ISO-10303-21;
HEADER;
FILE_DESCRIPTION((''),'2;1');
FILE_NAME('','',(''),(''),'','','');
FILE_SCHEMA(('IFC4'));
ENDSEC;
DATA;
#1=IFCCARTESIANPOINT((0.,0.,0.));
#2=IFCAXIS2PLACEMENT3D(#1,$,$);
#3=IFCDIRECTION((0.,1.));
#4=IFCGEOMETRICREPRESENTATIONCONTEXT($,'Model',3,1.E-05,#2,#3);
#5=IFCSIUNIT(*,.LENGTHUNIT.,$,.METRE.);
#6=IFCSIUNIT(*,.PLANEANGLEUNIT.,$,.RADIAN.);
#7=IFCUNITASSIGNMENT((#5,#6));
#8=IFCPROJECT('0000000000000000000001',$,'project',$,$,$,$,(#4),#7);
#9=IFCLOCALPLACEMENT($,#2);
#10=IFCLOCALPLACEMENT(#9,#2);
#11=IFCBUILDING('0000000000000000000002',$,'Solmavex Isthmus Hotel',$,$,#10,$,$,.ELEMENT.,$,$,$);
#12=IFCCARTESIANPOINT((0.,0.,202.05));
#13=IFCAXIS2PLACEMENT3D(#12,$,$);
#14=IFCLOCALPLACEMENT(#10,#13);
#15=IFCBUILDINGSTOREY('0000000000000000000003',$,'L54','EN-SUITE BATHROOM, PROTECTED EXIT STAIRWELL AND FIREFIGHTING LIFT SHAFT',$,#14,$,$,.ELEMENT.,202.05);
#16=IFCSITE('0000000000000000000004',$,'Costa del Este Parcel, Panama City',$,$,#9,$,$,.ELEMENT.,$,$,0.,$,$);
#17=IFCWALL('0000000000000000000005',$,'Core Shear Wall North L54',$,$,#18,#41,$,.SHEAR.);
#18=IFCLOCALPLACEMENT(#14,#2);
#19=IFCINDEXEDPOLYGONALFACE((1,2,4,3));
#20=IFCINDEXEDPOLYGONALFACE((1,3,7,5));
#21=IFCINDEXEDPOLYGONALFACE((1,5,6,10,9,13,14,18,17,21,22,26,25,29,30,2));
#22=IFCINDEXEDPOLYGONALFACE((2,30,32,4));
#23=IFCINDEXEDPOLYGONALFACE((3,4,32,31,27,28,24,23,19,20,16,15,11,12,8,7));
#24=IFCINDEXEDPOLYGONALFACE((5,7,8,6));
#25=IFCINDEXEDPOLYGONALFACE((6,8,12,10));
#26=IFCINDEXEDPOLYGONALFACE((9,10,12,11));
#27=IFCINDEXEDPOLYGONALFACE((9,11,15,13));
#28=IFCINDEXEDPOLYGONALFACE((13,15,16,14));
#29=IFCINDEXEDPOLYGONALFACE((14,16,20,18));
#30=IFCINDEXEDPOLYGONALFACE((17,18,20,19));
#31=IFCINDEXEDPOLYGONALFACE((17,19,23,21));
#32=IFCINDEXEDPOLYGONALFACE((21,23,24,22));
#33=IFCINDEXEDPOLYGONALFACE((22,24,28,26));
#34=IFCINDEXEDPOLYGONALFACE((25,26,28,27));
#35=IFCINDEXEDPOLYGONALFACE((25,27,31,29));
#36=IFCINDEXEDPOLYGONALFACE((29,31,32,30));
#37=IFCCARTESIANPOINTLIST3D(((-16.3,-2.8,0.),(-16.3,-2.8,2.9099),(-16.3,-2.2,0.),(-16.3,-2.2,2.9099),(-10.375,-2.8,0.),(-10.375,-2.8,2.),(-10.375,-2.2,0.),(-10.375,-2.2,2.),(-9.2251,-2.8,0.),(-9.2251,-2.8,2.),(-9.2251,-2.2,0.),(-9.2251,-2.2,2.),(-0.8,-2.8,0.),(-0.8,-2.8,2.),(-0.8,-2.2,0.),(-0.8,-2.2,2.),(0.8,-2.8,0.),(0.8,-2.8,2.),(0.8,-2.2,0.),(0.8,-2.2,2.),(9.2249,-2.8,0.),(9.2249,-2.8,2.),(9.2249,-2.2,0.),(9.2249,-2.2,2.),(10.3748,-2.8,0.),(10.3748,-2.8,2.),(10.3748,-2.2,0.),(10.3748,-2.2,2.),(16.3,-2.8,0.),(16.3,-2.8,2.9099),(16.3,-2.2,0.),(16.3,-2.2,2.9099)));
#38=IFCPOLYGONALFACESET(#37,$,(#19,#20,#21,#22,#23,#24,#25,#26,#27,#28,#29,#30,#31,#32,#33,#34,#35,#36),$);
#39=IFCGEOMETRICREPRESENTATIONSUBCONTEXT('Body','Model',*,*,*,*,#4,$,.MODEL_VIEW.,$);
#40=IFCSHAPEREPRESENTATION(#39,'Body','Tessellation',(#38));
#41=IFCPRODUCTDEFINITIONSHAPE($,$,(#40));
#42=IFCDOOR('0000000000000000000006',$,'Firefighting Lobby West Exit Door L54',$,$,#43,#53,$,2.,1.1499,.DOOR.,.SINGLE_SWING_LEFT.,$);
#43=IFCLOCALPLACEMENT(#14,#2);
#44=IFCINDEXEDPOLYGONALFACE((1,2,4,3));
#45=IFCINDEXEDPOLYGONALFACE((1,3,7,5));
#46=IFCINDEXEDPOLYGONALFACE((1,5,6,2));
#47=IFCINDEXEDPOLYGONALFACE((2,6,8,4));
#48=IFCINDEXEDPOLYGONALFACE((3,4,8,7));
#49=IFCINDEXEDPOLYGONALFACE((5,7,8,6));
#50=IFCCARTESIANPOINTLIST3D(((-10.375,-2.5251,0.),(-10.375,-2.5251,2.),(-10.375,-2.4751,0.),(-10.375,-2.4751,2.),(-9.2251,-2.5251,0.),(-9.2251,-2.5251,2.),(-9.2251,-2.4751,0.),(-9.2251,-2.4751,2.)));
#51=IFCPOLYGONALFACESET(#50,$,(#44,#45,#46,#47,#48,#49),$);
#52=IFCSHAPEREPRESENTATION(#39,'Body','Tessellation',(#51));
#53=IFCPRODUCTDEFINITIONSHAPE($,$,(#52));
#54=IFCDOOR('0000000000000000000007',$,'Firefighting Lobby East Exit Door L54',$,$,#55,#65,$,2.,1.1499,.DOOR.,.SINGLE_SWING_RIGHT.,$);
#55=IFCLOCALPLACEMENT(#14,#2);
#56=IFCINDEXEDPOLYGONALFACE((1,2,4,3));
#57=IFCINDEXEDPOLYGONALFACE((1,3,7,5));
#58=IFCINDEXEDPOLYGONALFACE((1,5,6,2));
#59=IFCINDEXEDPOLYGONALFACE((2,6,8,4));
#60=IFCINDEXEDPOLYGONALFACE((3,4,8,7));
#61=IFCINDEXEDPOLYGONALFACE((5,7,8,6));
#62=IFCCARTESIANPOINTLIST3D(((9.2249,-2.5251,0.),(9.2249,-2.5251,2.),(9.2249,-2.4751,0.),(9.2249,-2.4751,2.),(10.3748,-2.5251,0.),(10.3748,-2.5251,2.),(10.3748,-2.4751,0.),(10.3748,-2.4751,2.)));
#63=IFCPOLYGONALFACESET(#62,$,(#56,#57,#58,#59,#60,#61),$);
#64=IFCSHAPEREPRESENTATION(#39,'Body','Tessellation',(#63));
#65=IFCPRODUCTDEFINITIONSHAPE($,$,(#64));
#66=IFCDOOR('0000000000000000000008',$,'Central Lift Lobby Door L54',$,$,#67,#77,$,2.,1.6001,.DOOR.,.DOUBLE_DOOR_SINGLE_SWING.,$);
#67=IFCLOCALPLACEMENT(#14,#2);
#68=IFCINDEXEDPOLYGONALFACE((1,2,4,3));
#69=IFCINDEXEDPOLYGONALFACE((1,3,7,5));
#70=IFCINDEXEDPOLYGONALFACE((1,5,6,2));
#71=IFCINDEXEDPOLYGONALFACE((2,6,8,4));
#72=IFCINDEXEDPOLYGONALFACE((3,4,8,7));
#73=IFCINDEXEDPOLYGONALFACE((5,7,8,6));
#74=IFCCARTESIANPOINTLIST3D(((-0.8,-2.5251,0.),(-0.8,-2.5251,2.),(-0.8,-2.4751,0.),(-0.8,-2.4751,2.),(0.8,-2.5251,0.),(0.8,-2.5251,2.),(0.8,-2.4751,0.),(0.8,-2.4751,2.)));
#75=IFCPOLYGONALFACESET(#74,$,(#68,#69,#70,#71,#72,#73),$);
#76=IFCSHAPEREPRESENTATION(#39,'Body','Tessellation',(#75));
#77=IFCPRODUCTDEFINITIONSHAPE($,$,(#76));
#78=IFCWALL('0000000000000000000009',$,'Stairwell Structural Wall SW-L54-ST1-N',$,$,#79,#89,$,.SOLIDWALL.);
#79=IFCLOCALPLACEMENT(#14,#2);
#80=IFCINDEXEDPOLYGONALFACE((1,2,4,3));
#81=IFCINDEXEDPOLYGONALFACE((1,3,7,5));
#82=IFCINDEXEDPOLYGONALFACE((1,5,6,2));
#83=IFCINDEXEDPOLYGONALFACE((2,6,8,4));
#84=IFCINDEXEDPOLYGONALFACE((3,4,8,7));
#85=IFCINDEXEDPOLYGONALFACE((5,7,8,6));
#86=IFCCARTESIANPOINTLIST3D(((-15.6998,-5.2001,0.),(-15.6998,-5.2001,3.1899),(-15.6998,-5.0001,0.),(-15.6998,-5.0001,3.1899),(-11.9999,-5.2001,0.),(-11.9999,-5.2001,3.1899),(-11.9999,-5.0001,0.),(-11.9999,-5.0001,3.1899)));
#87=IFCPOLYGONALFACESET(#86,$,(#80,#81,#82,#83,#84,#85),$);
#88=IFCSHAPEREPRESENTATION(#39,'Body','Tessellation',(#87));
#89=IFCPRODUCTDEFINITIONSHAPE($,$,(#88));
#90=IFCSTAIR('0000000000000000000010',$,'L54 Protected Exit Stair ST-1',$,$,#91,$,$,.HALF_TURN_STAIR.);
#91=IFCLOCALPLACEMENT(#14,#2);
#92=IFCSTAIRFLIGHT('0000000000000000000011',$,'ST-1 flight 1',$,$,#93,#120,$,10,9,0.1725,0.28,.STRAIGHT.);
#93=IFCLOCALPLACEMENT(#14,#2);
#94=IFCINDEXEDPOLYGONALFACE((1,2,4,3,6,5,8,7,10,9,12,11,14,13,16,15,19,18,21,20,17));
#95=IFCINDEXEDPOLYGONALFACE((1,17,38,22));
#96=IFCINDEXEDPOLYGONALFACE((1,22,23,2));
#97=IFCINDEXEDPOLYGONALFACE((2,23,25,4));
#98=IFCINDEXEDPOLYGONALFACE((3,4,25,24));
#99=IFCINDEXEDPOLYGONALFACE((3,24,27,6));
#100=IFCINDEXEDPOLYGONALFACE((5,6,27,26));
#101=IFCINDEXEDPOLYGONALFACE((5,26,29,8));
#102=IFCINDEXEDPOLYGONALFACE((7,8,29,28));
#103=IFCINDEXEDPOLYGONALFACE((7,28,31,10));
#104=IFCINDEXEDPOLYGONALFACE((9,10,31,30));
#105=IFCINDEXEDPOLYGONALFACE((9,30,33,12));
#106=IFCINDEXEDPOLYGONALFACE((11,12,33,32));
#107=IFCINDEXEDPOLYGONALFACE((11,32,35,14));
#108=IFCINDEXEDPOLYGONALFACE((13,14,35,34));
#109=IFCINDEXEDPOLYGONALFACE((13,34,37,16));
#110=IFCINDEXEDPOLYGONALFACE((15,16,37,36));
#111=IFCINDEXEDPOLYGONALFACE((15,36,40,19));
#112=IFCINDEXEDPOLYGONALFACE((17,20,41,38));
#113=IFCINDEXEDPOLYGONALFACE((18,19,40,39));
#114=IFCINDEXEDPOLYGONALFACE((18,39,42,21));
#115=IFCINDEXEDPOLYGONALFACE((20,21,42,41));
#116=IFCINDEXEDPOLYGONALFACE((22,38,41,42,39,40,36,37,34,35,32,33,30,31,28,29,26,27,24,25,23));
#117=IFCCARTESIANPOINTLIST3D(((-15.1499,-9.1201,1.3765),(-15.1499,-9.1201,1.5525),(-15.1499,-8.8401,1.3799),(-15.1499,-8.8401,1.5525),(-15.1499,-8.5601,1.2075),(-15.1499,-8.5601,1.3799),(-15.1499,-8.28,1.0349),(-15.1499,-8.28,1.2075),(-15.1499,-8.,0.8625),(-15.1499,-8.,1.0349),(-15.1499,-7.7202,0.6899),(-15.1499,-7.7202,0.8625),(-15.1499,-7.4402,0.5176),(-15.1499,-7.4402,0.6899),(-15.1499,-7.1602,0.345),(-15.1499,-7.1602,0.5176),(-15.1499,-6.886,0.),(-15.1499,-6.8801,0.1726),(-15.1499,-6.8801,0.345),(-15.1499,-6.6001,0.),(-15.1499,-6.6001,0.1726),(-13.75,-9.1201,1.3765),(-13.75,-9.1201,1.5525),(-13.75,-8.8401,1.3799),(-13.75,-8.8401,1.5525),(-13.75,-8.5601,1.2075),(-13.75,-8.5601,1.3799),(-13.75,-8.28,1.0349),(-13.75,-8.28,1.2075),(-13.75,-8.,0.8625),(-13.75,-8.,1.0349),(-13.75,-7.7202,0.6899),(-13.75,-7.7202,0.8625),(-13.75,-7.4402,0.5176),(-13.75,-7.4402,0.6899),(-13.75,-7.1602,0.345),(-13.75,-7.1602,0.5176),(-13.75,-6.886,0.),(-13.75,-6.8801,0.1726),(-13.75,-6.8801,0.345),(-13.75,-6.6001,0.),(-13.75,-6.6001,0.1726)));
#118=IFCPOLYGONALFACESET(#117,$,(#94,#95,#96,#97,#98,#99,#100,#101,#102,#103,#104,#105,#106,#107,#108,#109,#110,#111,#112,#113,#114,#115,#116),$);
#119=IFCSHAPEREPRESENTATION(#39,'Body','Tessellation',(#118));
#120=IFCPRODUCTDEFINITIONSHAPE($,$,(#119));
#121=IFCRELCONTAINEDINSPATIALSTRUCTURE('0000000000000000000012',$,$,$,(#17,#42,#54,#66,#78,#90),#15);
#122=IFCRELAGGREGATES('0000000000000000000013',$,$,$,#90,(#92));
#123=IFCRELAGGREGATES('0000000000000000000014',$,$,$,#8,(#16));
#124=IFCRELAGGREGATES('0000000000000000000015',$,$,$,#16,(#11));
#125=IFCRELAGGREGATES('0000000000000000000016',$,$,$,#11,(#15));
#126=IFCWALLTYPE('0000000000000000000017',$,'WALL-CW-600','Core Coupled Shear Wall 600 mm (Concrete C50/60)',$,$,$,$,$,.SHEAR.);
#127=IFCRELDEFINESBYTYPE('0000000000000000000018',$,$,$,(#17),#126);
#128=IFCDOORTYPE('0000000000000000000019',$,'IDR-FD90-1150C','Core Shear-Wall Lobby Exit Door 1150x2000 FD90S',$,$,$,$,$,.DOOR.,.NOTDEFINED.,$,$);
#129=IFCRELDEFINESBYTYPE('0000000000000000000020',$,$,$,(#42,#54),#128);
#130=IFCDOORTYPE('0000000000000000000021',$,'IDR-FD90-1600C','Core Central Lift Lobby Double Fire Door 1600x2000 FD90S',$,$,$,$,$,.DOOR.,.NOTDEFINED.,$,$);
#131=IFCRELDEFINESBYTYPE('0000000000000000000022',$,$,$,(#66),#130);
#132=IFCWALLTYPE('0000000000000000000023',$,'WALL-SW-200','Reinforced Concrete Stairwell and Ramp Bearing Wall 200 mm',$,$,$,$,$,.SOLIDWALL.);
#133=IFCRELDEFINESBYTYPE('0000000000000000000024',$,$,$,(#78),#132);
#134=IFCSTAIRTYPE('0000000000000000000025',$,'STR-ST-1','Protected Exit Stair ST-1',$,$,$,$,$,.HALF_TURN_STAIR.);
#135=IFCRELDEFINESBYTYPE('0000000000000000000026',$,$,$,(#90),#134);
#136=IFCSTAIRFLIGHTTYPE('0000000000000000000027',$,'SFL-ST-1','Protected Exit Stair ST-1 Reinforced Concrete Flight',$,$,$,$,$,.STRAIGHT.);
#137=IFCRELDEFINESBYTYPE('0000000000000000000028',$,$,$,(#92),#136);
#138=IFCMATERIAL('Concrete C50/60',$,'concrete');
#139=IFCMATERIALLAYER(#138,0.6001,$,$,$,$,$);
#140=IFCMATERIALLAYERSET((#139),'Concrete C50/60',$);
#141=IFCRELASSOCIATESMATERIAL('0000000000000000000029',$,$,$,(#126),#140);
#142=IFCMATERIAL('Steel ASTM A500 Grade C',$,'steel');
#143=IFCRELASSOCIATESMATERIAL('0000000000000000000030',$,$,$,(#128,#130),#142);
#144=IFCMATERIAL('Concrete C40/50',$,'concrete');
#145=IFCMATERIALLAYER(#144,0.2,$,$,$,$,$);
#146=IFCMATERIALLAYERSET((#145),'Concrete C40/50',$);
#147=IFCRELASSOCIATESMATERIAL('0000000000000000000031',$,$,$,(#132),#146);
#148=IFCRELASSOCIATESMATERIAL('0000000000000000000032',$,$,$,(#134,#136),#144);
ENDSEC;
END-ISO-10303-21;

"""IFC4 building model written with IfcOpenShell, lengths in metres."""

from ifc_helpers import new_model, si_unit, direction, frame, frame_2d, origin, place, context, subcontext, project, spatial, polyline, rectangle, outline, extrude, material, layer, layer_set, type_object, element, fill, aggregate, save


model = new_model("IFC4")

# Units and contexts
model_context = context("Model", 3, precision=1e-05, world=origin(), true_north=direction((0.0, 1.0)))
body_context = subcontext(model_context, "Body", "Model", "MODEL_VIEW")
ifc_project = project(units=[si_unit("LENGTHUNIT", "METRE"), si_unit("PLANEANGLEUNIT", "RADIAN")], contexts=[model_context])

# Site, building, storey
site_placement = place(None, origin())
site = spatial("IfcSite", under=ifc_project, at=site_placement, Name="Costa del Este Parcel, Panama City", CompositionType="ELEMENT", RefElevation=0.0)
building_placement = place(site_placement, origin())
building = spatial("IfcBuilding", under=site, at=building_placement, Name="Solmavex Isthmus Hotel", CompositionType="ELEMENT")
storey_placement = place(building_placement, frame((0.0, 0.0, 202.05)))
storey = spatial("IfcBuildingStorey", under=building, at=storey_placement, Name="L54", Description="EN-SUITE BATHROOM, PROTECTED EXIT STAIRWELL AND FIREFIGHTING LIFT SHAFT", CompositionType="ELEMENT", Elevation=202.05)

# Shared definitions
ifc_material_1 = material(Name="Concrete C50/60", Category="concrete")

# Shared definitions
ifc_material_2 = material(Name="Steel ASTM A500 Grade C", Category="steel")

# Wall, openings, doors
ifc_layer_1 = layer(ifc_material_1, 0.6001)
ifc_layer_set_1 = layer_set([ifc_layer_1], Name="Concrete C50/60")
wall_type_1 = type_object("IfcWallType", Name="WALL-CW-600", Description="Core Coupled Shear Wall 600 mm (Concrete C50/60)", PredefinedType="SHEAR", material=ifc_layer_set_1)
wall_1_placement = place(storey_placement, frame((-16.3, -2.5, 0.0), z_axis=(0.0, 0.0, 1.0), x_axis=(1.0, 0.0, 0.0)))
wall_1 = element("IfcWall", 1, at=wall_1_placement, inside=storey, type_object=wall_type_1, Name="Core Shear Wall North L54", PredefinedType="SHEAR", context=body_context, shape_type="SweptSolid", body=[
    extrude(rectangle(XDim=32.6001, YDim=0.6001, at=frame_2d((16.3, 0.0))), origin(), (0.0, 0.0, 1.0), 2.9099),
])
opening_1_placement = place(wall_1_placement, frame((5.925, 0.0, 0.0)))
opening_1 = element("IfcOpeningElement", 2, at=opening_1_placement, cuts=wall_1, PredefinedType="OPENING", context=body_context, shape_type="SweptSolid", body=[
    extrude(rectangle(XDim=1.1499, YDim=2.0, at=frame_2d((0.575, 1.0))), frame((0.0, 0.3101, 0.0), z_axis=(0.0, -1.0, 0.0), x_axis=(1.0, 0.0, 0.0)), (0.0, 0.0, 1.0), 0.6201),
])
opening_2_placement = place(wall_1_placement, frame((15.5, 0.0, 0.0)))
opening_2 = element("IfcOpeningElement", 3, at=opening_2_placement, cuts=wall_1, PredefinedType="OPENING", context=body_context, shape_type="SweptSolid", body=[
    extrude(rectangle(XDim=1.6001, YDim=2.0, at=frame_2d((0.8, 1.0))), frame((0.0, 0.3101, 0.0), z_axis=(0.0, -1.0, 0.0), x_axis=(1.0, 0.0, 0.0)), (0.0, 0.0, 1.0), 0.6201),
])
opening_3_placement = place(wall_1_placement, frame((25.5249, 0.0, 0.0)))
opening_3 = element("IfcOpeningElement", 4, at=opening_3_placement, cuts=wall_1, PredefinedType="OPENING", context=body_context, shape_type="SweptSolid", body=[
    extrude(rectangle(XDim=1.1499, YDim=2.0, at=frame_2d((0.575, 1.0))), frame((0.0, 0.3101, 0.0), z_axis=(0.0, -1.0, 0.0), x_axis=(1.0, 0.0, 0.0)), (0.0, 0.0, 1.0), 0.6201),
])
door_type_1 = type_object("IfcDoorType", Name="IDR-FD90-1150C", Description="Core Shear-Wall Lobby Exit Door 1150x2000 FD90S", OperationType="NOTDEFINED", PredefinedType="DOOR", material=ifc_material_2)
door_1_placement = place(opening_1_placement, origin())
door_1 = element("IfcDoor", 5, at=door_1_placement, inside=storey, type_object=door_type_1, Name="Firefighting Lobby West Exit Door L54", OperationType="SINGLE_SWING_LEFT", OverallHeight=2.0, OverallWidth=1.1499, PredefinedType="DOOR", context=body_context, shape_type="SweptSolid", body=[
    extrude(rectangle(XDim=1.1499, YDim=2.0, at=frame_2d((0.575, 1.0))), frame((0.0, 0.0249, 0.0), z_axis=(0.0, -1.0, 0.0), x_axis=(1.0, 0.0, 0.0)), (0.0, 0.0, 1.0), 0.05),
])
fill(opening_1, door_1)
door_2_placement = place(opening_3_placement, origin())
door_2 = element("IfcDoor", 6, at=door_2_placement, inside=storey, type_object=door_type_1, Name="Firefighting Lobby East Exit Door L54", OperationType="SINGLE_SWING_RIGHT", OverallHeight=2.0, OverallWidth=1.1499, PredefinedType="DOOR", context=body_context, shape_type="SweptSolid", body=[
    extrude(rectangle(XDim=1.1499, YDim=2.0, at=frame_2d((0.575, 1.0))), frame((0.0, 0.0249, 0.0), z_axis=(0.0, -1.0, 0.0), x_axis=(1.0, 0.0, 0.0)), (0.0, 0.0, 1.0), 0.05),
])
fill(opening_3, door_2)
door_type_2 = type_object("IfcDoorType", Name="IDR-FD90-1600C", Description="Core Central Lift Lobby Double Fire Door 1600x2000 FD90S", OperationType="NOTDEFINED", PredefinedType="DOOR", material=ifc_material_2)
door_3_placement = place(opening_2_placement, origin())
door_3 = element("IfcDoor", 7, at=door_3_placement, inside=storey, type_object=door_type_2, Name="Central Lift Lobby Door L54", OperationType="DOUBLE_DOOR_SINGLE_SWING", OverallHeight=2.0, OverallWidth=1.6001, PredefinedType="DOOR", context=body_context, shape_type="SweptSolid", body=[
    extrude(rectangle(XDim=1.6001, YDim=2.0, at=frame_2d((0.8, 1.0))), frame((0.0, 0.0249, 0.0), z_axis=(0.0, -1.0, 0.0), x_axis=(1.0, 0.0, 0.0)), (0.0, 0.0, 1.0), 0.05),
])
fill(opening_2, door_3)

# Wall
ifc_material_3 = material(Name="Concrete C40/50", Category="concrete")
ifc_layer_2 = layer(ifc_material_3, 0.2)
ifc_layer_set_2 = layer_set([ifc_layer_2], Name="Concrete C40/50")
wall_type_2 = type_object("IfcWallType", Name="WALL-SW-200", Description="Reinforced Concrete Stairwell and Ramp Bearing Wall 200 mm", PredefinedType="SOLIDWALL", material=ifc_layer_set_2)
wall_2_placement = place(storey_placement, frame((-15.7, -5.1001, 0.0), z_axis=(0.0, 0.0, 1.0), x_axis=(1.0, 0.0, 0.0)))
element("IfcWall", 8, at=wall_2_placement, inside=storey, type_object=wall_type_2, Name="Stairwell Structural Wall SW-L54-ST1-N", PredefinedType="SOLIDWALL", context=body_context, shape_type="SweptSolid", body=[
    extrude(rectangle(XDim=3.7, YDim=0.2, at=frame_2d((1.8501, 0.0))), origin(), (0.0, 0.0, 1.0), 3.1899),
])

# Stair, stair flight
stair_type = type_object("IfcStairType", Name="STR-ST-1", Description="Protected Exit Stair ST-1", PredefinedType="HALF_TURN_STAIR", material=ifc_material_3)
stair_placement = place(storey_placement, origin())
stair = element("IfcStair", 9, at=stair_placement, inside=storey, type_object=stair_type, Name="L54 Protected Exit Stair ST-1", PredefinedType="HALF_TURN_STAIR")
stair_flight_type = type_object("IfcStairFlightType", Name="SFL-ST-1", Description="Protected Exit Stair ST-1 Reinforced Concrete Flight", PredefinedType="STRAIGHT", material=ifc_material_3)
stair_flight_placement = place(storey_placement, frame((-14.45, -6.6001, 0.0), z_axis=(0.0, 0.0, 1.0), x_axis=(0.0, -1.0, 0.0)))
stair_flight = element("IfcStairFlight", 10, at=stair_flight_placement, type_object=stair_flight_type, Name="ST-1 flight 1", NumberOfRisers=10, NumberOfTreads=9, PredefinedType="STRAIGHT", RiserHeight=0.1725, TreadLength=0.28, context=body_context, shape_type="SweptSolid", body=[
    extrude(outline(polyline([(0.0, 0.0), (0.0, 0.1726), (0.28, 0.1726), (0.28, 0.345), (0.5601, 0.345), (0.5601, 0.5176), (0.8401, 0.5176), (0.8401, 0.6899), (1.1201, 0.6899), (1.1201, 0.8625), (1.3999, 0.8625), (1.3999, 1.0349), (1.6799, 1.0349), (1.6799, 1.2075), (1.96, 1.2075), (1.96, 1.3799), (2.24, 1.3799), (2.24, 1.5525), (2.52, 1.5525), (2.52, 1.7251), (2.52, 1.3765), (0.2859, 0.0), (0.0, 0.0)])), frame((0.0, 0.7, 0.0), z_axis=(0.0, -1.0, 0.0), x_axis=(1.0, 0.0, 0.0)), (0.0, 0.0, 1.0), 1.3999),
])
aggregate(stair, [stair_flight])

save(model, "model.ifc")
